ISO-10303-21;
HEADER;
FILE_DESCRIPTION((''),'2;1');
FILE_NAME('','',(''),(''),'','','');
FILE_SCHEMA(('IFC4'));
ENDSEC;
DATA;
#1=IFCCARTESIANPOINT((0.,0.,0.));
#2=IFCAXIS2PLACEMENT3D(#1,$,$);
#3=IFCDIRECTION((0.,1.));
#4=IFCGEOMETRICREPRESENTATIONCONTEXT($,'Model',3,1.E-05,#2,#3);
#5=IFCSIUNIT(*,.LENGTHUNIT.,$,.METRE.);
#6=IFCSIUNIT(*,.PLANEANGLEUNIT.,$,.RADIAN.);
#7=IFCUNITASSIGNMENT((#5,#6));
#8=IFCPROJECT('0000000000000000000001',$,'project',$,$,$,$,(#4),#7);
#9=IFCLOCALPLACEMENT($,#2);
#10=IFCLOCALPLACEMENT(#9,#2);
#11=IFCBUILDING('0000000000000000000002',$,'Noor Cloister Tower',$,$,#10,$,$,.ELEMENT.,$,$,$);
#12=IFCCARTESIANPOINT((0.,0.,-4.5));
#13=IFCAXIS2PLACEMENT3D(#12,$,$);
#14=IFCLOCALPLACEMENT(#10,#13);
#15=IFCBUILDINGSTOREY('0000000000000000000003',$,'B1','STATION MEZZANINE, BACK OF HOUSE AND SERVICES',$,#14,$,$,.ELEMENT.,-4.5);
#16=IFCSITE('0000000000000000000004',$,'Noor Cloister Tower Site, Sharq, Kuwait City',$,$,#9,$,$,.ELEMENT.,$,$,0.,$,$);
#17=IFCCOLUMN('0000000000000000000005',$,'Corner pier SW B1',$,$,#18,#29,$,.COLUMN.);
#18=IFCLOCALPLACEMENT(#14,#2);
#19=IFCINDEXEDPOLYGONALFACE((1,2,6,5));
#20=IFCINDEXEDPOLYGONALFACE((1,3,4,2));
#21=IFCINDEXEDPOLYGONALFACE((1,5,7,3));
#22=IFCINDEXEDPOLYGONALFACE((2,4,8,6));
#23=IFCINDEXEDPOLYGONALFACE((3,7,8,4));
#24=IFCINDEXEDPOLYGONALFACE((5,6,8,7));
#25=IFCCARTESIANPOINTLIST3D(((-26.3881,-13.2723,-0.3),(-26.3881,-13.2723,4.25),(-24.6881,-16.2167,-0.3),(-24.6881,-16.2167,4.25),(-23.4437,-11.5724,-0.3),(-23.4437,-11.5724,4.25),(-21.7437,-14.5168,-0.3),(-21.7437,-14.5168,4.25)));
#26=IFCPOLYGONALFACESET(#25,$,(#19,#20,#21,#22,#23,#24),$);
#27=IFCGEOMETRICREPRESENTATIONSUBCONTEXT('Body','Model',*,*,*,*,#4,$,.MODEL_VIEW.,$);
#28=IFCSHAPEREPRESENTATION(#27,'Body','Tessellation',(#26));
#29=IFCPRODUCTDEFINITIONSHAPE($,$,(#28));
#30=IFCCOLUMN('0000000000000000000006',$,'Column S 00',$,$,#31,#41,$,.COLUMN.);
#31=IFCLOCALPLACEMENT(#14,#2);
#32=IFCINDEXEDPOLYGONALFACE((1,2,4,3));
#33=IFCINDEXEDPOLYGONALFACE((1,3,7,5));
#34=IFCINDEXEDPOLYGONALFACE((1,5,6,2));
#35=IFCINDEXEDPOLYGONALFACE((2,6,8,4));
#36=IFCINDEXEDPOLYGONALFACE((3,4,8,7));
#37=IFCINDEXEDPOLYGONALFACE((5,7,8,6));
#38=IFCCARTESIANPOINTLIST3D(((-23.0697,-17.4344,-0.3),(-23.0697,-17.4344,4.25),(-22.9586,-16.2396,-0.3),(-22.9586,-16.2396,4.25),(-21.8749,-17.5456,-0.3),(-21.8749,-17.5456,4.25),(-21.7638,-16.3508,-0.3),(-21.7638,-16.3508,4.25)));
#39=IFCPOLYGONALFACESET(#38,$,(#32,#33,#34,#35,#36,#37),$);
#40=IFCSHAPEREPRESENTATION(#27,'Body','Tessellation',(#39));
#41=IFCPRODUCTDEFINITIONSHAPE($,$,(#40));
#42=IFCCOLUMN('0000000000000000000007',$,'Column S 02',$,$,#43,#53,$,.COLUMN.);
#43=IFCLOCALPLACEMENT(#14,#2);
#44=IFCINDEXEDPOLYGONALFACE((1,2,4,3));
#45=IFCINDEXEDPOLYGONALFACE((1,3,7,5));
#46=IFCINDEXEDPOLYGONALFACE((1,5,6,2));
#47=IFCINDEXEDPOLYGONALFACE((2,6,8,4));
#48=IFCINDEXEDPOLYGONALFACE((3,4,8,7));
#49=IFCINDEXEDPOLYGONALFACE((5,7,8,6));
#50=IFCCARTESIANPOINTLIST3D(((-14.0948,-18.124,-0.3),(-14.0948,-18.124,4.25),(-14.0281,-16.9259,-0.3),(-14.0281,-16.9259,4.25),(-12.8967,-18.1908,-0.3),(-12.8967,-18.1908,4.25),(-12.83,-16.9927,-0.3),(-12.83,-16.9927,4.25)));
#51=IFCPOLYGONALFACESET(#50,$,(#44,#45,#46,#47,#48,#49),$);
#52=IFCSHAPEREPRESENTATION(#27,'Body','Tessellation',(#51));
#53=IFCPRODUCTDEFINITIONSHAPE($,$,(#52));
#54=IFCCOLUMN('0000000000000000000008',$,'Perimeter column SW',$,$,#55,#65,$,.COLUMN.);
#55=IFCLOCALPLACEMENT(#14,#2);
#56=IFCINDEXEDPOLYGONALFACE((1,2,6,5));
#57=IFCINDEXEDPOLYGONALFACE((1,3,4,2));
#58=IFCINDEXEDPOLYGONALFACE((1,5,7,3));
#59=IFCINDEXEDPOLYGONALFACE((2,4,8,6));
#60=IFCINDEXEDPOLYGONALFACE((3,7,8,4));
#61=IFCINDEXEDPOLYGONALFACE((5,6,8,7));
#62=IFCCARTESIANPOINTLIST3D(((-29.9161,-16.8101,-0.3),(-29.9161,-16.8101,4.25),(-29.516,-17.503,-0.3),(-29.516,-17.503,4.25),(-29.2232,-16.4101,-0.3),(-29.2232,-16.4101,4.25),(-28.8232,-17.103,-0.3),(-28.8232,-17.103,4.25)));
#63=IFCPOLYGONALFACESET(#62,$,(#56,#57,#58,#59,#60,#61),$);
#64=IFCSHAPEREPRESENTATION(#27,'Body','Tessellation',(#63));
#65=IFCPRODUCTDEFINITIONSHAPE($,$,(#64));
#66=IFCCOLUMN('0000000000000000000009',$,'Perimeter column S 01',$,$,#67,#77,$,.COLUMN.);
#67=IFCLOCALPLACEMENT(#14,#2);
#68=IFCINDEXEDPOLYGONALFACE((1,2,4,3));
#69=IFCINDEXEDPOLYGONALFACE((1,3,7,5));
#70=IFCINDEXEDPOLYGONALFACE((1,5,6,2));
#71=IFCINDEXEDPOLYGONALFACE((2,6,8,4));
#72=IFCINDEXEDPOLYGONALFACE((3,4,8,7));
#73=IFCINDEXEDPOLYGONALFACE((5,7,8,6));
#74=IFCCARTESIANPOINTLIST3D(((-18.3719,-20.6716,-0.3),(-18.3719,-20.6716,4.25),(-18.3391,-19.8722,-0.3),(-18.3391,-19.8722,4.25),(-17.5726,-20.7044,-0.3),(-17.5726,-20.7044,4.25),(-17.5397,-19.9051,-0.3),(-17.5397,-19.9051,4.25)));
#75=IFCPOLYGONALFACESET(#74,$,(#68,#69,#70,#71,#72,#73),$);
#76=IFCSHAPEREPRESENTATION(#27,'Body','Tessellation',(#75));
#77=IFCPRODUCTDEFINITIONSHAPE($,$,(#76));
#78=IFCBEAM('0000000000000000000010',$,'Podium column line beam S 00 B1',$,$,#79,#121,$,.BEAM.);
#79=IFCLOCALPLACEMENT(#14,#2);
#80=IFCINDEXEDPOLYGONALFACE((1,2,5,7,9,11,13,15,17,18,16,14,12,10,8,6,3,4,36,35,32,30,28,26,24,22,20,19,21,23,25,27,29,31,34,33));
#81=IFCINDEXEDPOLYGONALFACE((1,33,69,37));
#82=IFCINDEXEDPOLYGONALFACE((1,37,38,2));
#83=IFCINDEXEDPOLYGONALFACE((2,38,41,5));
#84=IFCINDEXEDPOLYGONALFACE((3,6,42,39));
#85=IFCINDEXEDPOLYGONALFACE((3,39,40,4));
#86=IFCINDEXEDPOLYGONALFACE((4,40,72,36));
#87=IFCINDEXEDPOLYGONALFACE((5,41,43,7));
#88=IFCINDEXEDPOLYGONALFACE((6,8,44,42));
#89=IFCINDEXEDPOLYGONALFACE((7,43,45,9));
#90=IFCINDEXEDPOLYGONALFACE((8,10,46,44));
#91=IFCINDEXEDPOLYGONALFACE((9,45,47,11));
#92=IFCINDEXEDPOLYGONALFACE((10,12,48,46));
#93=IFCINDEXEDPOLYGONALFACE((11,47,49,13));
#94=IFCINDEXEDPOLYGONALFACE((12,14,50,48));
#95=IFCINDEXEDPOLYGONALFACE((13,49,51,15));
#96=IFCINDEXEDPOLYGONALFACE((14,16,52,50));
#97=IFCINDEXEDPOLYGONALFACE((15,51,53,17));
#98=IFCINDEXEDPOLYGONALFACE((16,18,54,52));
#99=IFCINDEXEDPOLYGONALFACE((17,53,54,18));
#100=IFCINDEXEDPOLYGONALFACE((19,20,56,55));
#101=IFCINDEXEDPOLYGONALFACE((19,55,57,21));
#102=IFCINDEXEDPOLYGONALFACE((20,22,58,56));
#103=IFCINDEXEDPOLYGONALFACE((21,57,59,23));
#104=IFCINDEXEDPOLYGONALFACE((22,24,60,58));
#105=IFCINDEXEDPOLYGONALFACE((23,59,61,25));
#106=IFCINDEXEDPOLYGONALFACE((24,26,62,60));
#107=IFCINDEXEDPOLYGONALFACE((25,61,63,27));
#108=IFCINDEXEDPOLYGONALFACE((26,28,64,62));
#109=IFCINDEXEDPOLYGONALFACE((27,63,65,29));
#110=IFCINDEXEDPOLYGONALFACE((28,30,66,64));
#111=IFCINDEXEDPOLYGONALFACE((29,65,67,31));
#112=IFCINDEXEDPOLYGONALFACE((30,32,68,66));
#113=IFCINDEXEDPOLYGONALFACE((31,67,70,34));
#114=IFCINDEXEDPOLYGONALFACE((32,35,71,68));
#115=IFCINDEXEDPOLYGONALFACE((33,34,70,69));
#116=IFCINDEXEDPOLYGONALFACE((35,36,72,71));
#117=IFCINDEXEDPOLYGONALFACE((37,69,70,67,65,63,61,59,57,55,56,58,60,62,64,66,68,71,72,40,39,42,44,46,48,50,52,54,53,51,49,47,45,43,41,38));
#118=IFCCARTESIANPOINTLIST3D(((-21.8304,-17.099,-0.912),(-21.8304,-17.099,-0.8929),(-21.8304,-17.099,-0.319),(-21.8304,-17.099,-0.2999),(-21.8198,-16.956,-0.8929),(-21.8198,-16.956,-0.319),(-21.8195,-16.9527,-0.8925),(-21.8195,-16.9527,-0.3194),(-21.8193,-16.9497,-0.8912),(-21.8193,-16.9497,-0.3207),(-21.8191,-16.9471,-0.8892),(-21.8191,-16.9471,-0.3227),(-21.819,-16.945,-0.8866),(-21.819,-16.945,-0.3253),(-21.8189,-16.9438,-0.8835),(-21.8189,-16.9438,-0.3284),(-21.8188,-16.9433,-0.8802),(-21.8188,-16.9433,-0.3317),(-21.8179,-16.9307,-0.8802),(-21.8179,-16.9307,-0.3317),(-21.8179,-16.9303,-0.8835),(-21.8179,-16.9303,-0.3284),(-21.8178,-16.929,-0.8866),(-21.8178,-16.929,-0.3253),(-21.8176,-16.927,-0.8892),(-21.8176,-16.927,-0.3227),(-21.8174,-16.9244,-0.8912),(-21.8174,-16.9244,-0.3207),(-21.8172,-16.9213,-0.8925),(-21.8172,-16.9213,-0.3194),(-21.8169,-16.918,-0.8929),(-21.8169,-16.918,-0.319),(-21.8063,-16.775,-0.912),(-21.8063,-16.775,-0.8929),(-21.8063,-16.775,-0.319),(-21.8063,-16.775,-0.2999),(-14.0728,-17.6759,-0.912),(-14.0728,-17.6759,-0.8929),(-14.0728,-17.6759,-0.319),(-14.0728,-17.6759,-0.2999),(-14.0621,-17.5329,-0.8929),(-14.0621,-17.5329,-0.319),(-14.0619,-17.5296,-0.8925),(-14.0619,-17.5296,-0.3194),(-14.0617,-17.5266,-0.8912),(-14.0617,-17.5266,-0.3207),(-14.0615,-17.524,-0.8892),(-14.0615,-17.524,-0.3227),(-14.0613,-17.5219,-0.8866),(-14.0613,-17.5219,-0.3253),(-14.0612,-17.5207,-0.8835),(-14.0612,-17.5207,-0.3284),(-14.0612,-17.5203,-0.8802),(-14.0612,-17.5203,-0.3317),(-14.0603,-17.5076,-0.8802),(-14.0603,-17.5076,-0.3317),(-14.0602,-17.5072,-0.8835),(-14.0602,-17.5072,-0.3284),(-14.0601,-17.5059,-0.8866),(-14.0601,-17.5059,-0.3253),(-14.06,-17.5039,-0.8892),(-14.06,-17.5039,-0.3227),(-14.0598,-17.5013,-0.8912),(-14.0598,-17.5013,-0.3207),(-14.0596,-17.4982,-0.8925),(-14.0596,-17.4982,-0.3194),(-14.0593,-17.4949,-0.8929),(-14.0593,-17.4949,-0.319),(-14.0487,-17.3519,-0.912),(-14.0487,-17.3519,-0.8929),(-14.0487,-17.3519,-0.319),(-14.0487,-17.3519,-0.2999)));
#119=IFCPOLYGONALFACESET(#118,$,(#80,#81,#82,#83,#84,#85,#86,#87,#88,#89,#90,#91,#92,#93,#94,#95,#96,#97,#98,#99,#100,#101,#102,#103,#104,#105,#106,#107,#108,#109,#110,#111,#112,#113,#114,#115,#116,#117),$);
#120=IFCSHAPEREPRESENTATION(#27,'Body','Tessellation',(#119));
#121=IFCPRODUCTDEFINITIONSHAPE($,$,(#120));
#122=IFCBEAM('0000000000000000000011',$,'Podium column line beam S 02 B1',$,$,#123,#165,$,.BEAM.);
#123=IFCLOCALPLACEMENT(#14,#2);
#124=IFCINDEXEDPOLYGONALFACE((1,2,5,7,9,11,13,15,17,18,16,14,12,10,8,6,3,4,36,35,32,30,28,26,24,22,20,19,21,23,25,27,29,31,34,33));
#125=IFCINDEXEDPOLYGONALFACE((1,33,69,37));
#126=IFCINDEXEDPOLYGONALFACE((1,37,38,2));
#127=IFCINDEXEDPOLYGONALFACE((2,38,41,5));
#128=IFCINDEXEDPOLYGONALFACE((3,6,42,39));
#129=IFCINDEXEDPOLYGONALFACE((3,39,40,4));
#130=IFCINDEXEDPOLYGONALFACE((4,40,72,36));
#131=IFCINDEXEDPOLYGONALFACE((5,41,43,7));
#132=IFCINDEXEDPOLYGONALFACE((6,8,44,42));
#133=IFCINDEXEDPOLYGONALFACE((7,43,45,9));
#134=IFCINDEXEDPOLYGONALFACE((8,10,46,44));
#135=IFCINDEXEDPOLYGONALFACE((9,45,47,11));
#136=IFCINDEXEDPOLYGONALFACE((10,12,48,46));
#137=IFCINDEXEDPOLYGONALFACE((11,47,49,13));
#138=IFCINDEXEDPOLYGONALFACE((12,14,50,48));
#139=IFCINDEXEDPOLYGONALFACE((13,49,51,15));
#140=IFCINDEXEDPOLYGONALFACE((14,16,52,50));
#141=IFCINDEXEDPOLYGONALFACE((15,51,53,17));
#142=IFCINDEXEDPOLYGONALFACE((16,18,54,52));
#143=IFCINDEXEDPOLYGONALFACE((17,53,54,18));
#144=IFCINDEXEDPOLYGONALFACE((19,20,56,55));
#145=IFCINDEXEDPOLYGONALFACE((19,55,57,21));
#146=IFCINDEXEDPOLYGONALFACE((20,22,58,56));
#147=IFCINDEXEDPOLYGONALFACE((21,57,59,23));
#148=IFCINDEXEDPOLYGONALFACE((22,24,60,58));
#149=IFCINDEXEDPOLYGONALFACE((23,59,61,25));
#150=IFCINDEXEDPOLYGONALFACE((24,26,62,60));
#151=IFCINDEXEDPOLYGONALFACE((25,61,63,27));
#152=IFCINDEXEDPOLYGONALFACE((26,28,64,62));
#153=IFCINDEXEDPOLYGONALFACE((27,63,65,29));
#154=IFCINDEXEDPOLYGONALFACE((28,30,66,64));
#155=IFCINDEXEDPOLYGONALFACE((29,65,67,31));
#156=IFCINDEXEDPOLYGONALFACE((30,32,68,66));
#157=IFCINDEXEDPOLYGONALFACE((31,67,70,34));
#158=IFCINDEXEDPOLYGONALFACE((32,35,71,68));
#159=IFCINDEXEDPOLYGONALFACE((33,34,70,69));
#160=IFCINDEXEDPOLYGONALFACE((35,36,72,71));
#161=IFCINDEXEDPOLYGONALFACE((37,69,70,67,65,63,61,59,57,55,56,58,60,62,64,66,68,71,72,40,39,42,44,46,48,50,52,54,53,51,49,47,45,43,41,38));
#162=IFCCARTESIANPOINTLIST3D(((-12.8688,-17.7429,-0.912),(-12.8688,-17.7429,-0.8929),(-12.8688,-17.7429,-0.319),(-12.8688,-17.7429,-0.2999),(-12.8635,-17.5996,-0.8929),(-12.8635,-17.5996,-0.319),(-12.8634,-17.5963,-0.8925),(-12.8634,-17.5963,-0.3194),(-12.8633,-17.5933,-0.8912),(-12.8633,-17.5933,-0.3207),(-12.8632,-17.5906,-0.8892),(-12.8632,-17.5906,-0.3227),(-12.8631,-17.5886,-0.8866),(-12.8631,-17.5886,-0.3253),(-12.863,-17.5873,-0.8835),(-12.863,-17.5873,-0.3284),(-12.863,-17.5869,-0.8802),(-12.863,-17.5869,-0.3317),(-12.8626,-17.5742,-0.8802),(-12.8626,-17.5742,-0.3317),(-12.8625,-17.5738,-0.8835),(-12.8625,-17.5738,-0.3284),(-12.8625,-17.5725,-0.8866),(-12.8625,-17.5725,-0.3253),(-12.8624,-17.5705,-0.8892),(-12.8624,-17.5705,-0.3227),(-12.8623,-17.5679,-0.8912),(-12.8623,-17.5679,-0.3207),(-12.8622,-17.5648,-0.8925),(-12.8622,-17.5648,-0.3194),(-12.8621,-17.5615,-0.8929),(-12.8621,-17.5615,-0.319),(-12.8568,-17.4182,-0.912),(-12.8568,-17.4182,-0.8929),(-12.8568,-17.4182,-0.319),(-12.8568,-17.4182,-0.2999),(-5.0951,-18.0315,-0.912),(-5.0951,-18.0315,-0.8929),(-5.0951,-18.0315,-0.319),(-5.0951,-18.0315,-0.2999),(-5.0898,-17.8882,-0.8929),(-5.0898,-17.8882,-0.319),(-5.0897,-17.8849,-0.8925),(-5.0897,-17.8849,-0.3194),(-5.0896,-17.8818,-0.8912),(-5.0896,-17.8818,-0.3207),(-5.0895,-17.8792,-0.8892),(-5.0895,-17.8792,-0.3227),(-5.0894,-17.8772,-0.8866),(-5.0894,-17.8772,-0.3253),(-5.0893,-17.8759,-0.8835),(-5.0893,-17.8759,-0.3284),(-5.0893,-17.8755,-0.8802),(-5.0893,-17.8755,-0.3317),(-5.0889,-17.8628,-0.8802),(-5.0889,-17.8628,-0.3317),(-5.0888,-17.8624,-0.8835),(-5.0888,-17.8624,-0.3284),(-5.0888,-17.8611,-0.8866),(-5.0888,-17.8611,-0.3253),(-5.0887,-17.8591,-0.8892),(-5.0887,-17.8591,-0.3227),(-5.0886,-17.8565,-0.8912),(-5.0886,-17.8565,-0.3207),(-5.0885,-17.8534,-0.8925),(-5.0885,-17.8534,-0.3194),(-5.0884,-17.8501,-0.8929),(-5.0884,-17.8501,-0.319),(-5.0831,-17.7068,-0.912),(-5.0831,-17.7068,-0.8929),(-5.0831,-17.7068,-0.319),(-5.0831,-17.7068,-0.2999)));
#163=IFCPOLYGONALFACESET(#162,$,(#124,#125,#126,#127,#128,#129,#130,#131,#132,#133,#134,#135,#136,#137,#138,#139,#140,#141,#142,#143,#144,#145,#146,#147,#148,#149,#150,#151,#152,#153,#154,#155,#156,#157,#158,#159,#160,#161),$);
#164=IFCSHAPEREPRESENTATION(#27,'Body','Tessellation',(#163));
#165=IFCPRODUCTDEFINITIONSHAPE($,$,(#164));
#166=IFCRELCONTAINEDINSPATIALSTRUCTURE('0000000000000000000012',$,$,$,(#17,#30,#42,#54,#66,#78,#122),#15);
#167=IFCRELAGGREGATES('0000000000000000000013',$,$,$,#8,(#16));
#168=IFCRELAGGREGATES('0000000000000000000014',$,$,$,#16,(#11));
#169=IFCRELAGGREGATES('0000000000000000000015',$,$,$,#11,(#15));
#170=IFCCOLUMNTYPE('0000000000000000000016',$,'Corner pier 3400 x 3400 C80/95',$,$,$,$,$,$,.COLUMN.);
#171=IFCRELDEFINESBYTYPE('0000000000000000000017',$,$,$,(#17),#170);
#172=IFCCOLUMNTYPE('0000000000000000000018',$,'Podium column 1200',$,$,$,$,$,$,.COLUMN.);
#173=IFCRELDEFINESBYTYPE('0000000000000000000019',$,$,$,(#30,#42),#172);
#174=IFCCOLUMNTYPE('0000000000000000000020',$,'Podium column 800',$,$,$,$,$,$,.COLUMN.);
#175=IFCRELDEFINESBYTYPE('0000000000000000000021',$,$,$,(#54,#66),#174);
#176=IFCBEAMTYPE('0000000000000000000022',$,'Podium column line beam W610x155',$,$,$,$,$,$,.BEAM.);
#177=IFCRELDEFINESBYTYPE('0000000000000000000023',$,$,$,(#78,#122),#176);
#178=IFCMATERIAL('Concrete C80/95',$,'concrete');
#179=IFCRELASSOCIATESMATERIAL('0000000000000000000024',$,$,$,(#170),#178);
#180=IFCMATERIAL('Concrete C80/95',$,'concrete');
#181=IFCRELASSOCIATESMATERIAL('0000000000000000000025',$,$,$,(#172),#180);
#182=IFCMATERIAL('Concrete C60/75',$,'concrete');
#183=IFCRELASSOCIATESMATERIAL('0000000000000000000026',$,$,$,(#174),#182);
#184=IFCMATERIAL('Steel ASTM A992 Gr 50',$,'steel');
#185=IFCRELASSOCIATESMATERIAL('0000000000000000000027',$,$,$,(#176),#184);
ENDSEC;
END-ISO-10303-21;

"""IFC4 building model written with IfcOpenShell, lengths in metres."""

from ifc_helpers import new_model, si_unit, direction, frame, origin, origin_2d, place, context, subcontext, project, spatial, rectangle, i_section, extrude, material, material_profile, profile_set, type_object, element, save


model = new_model("IFC4")

# Units and contexts
model_context = context("Model", 3, precision=1e-05, world=origin(), true_north=direction((0.0, 1.0)))
body_context = subcontext(model_context, "Body", "Model", "MODEL_VIEW")
ifc_project = project(units=[si_unit("LENGTHUNIT", "METRE"), si_unit("PLANEANGLEUNIT", "RADIAN")], contexts=[model_context])

# Site, building, storey
site_placement = place(None, origin())
site = spatial("IfcSite", under=ifc_project, at=site_placement, Name="Noor Cloister Tower Site, Sharq, Kuwait City", CompositionType="ELEMENT", RefElevation=0.0)
building_placement = place(site_placement, origin())
building = spatial("IfcBuilding", under=site, at=building_placement, Name="Noor Cloister Tower", CompositionType="ELEMENT")
storey_placement = place(building_placement, frame((0.0, 0.0, -4.5)))
storey = spatial("IfcBuildingStorey", under=building, at=storey_placement, Name="B1", Description="STATION MEZZANINE, BACK OF HOUSE AND SERVICES", CompositionType="ELEMENT", Elevation=-4.5)

# Columns
ifc_material_1 = material(Name="Concrete C80/95", Category="concrete")
ifc_material_profile_1 = material_profile(ifc_material_1, rectangle(XDim=3.3999, YDim=3.3999, at=origin_2d()), Name="RC 3400x3400")
ifc_profile_set_1 = profile_set([ifc_material_profile_1], Name="Concrete C80/95")
column_type_1 = type_object("IfcColumnType", Name="Corner pier 3400 x 3400 C80/95", PredefinedType="COLUMN", material=ifc_profile_set_1)
column_placement = place(storey_placement, frame((-24.0659, -13.8945, -0.3), z_axis=(0.0, 0.0, 1.0), x_axis=(-0.866025, -0.5, 0.0)))
element("IfcColumn", 1, at=column_placement, inside=storey, type_object=column_type_1, Name="Corner pier SW B1", PredefinedType="COLUMN", context=body_context, shape_type="SweptSolid", body=[
    extrude(rectangle(XDim=3.3999, YDim=3.3999, at=origin_2d()), origin(), (0.0, 0.0, 1.0), 4.55),
])
ifc_material_2 = material(Name="Concrete C80/95", Category="concrete")
ifc_material_profile_2 = material_profile(ifc_material_2, rectangle(XDim=1.2, YDim=1.2, at=origin_2d()), Name="Podium column 1200")
ifc_profile_set_2 = profile_set([ifc_material_profile_2], Name="Concrete C80/95")
column_type_2 = type_object("IfcColumnType", Name="Podium column 1200", PredefinedType="COLUMN", material=ifc_profile_set_2)
for number, where, z_axis, x_axis, name in (
    (2, (-22.4167, -16.8926, -0.3), (0.0, 0.0, 1.0), (-0.092636, -0.9957, 0.0), "Column S 00"),
    (3, (-13.4624, -17.5583, -0.3), (0.0, 0.0, 1.0), (-0.055633, -0.998451, 0.0), "Column S 02"),
):
    element("IfcColumn", number, at=place(storey_placement, frame(where, z_axis=z_axis, x_axis=x_axis)), inside=storey, type_object=column_type_2, Name=name, PredefinedType="COLUMN", context=body_context, shape_type="SweptSolid", body=[
        extrude(rectangle(XDim=1.2, YDim=1.2, at=origin_2d()), origin(), (0.0, 0.0, 1.0), 4.55),
    ])
ifc_material_3 = material(Name="Concrete C60/75", Category="concrete")
ifc_material_profile_3 = material_profile(ifc_material_3, rectangle(XDim=0.8, YDim=0.8, at=origin_2d()), Name="Podium column 800")
ifc_profile_set_3 = profile_set([ifc_material_profile_3], Name="Concrete C60/75")
column_type_3 = type_object("IfcColumnType", Name="Podium column 800", PredefinedType="COLUMN", material=ifc_profile_set_3)
for number, where, z_axis, x_axis, name in (
    (4, (-29.3696, -16.9565, -0.3), (0.0, 0.0, 1.0), (-0.866025, -0.5, 0.0), "Perimeter column SW"),
    (5, (-17.9558, -20.2883, -0.3), (0.0, 0.0, 1.0), (-0.041066, -0.999156, 0.0), "Perimeter column S 01"),
):
    element("IfcColumn", number, at=place(storey_placement, frame(where, z_axis=z_axis, x_axis=x_axis)), inside=storey, type_object=column_type_3, Name=name, PredefinedType="COLUMN", context=body_context, shape_type="SweptSolid", body=[
        extrude(rectangle(XDim=0.8, YDim=0.8, at=origin_2d()), origin(), (0.0, 0.0, 1.0), 4.55),
    ])

# Beams
ifc_material_4 = material(Name="Steel ASTM A992 Gr 50", Category="steel")
ifc_material_profile_4 = material_profile(ifc_material_4, i_section(OverallWidth=0.325, OverallDepth=0.6121, WebThickness=0.0127, FlangeThickness=0.019, FilletRadius=0.0127, at=origin_2d()), Name="W610x155")
ifc_profile_set_4 = profile_set([ifc_material_profile_4], Name="Steel ASTM A992 Gr 50")
beam_type_1 = type_object("IfcBeamType", Name="Podium column line beam W610x155", PredefinedType="BEAM", material=ifc_profile_set_4)
for number, where, z_axis, x_axis, name in (
    (6, (-21.8184, -16.937, -0.606), (0.997246, -0.074162, 0.0), (0.074162, 0.997246, 0.0), "Podium column line beam S 00 B1"),
    (7, (-12.8628, -17.5806, -0.606), (0.999312, -0.037096, 0.0), (0.037096, 0.999312, 0.0), "Podium column line beam S 02 B1"),
):
    element("IfcBeam", number, at=place(storey_placement, frame(where, z_axis=z_axis, x_axis=x_axis)), inside=storey, type_object=beam_type_1, Name=name, PredefinedType="BEAM", context=body_context, shape_type="SweptSolid", body=[
        extrude(i_section(OverallWidth=0.325, OverallDepth=0.6121, WebThickness=0.0127, FlangeThickness=0.019, FilletRadius=0.0127, at=origin_2d()), origin(), (0.0, 0.0, 1.0), 7.7791),
    ])

save(model, "model.ifc")
